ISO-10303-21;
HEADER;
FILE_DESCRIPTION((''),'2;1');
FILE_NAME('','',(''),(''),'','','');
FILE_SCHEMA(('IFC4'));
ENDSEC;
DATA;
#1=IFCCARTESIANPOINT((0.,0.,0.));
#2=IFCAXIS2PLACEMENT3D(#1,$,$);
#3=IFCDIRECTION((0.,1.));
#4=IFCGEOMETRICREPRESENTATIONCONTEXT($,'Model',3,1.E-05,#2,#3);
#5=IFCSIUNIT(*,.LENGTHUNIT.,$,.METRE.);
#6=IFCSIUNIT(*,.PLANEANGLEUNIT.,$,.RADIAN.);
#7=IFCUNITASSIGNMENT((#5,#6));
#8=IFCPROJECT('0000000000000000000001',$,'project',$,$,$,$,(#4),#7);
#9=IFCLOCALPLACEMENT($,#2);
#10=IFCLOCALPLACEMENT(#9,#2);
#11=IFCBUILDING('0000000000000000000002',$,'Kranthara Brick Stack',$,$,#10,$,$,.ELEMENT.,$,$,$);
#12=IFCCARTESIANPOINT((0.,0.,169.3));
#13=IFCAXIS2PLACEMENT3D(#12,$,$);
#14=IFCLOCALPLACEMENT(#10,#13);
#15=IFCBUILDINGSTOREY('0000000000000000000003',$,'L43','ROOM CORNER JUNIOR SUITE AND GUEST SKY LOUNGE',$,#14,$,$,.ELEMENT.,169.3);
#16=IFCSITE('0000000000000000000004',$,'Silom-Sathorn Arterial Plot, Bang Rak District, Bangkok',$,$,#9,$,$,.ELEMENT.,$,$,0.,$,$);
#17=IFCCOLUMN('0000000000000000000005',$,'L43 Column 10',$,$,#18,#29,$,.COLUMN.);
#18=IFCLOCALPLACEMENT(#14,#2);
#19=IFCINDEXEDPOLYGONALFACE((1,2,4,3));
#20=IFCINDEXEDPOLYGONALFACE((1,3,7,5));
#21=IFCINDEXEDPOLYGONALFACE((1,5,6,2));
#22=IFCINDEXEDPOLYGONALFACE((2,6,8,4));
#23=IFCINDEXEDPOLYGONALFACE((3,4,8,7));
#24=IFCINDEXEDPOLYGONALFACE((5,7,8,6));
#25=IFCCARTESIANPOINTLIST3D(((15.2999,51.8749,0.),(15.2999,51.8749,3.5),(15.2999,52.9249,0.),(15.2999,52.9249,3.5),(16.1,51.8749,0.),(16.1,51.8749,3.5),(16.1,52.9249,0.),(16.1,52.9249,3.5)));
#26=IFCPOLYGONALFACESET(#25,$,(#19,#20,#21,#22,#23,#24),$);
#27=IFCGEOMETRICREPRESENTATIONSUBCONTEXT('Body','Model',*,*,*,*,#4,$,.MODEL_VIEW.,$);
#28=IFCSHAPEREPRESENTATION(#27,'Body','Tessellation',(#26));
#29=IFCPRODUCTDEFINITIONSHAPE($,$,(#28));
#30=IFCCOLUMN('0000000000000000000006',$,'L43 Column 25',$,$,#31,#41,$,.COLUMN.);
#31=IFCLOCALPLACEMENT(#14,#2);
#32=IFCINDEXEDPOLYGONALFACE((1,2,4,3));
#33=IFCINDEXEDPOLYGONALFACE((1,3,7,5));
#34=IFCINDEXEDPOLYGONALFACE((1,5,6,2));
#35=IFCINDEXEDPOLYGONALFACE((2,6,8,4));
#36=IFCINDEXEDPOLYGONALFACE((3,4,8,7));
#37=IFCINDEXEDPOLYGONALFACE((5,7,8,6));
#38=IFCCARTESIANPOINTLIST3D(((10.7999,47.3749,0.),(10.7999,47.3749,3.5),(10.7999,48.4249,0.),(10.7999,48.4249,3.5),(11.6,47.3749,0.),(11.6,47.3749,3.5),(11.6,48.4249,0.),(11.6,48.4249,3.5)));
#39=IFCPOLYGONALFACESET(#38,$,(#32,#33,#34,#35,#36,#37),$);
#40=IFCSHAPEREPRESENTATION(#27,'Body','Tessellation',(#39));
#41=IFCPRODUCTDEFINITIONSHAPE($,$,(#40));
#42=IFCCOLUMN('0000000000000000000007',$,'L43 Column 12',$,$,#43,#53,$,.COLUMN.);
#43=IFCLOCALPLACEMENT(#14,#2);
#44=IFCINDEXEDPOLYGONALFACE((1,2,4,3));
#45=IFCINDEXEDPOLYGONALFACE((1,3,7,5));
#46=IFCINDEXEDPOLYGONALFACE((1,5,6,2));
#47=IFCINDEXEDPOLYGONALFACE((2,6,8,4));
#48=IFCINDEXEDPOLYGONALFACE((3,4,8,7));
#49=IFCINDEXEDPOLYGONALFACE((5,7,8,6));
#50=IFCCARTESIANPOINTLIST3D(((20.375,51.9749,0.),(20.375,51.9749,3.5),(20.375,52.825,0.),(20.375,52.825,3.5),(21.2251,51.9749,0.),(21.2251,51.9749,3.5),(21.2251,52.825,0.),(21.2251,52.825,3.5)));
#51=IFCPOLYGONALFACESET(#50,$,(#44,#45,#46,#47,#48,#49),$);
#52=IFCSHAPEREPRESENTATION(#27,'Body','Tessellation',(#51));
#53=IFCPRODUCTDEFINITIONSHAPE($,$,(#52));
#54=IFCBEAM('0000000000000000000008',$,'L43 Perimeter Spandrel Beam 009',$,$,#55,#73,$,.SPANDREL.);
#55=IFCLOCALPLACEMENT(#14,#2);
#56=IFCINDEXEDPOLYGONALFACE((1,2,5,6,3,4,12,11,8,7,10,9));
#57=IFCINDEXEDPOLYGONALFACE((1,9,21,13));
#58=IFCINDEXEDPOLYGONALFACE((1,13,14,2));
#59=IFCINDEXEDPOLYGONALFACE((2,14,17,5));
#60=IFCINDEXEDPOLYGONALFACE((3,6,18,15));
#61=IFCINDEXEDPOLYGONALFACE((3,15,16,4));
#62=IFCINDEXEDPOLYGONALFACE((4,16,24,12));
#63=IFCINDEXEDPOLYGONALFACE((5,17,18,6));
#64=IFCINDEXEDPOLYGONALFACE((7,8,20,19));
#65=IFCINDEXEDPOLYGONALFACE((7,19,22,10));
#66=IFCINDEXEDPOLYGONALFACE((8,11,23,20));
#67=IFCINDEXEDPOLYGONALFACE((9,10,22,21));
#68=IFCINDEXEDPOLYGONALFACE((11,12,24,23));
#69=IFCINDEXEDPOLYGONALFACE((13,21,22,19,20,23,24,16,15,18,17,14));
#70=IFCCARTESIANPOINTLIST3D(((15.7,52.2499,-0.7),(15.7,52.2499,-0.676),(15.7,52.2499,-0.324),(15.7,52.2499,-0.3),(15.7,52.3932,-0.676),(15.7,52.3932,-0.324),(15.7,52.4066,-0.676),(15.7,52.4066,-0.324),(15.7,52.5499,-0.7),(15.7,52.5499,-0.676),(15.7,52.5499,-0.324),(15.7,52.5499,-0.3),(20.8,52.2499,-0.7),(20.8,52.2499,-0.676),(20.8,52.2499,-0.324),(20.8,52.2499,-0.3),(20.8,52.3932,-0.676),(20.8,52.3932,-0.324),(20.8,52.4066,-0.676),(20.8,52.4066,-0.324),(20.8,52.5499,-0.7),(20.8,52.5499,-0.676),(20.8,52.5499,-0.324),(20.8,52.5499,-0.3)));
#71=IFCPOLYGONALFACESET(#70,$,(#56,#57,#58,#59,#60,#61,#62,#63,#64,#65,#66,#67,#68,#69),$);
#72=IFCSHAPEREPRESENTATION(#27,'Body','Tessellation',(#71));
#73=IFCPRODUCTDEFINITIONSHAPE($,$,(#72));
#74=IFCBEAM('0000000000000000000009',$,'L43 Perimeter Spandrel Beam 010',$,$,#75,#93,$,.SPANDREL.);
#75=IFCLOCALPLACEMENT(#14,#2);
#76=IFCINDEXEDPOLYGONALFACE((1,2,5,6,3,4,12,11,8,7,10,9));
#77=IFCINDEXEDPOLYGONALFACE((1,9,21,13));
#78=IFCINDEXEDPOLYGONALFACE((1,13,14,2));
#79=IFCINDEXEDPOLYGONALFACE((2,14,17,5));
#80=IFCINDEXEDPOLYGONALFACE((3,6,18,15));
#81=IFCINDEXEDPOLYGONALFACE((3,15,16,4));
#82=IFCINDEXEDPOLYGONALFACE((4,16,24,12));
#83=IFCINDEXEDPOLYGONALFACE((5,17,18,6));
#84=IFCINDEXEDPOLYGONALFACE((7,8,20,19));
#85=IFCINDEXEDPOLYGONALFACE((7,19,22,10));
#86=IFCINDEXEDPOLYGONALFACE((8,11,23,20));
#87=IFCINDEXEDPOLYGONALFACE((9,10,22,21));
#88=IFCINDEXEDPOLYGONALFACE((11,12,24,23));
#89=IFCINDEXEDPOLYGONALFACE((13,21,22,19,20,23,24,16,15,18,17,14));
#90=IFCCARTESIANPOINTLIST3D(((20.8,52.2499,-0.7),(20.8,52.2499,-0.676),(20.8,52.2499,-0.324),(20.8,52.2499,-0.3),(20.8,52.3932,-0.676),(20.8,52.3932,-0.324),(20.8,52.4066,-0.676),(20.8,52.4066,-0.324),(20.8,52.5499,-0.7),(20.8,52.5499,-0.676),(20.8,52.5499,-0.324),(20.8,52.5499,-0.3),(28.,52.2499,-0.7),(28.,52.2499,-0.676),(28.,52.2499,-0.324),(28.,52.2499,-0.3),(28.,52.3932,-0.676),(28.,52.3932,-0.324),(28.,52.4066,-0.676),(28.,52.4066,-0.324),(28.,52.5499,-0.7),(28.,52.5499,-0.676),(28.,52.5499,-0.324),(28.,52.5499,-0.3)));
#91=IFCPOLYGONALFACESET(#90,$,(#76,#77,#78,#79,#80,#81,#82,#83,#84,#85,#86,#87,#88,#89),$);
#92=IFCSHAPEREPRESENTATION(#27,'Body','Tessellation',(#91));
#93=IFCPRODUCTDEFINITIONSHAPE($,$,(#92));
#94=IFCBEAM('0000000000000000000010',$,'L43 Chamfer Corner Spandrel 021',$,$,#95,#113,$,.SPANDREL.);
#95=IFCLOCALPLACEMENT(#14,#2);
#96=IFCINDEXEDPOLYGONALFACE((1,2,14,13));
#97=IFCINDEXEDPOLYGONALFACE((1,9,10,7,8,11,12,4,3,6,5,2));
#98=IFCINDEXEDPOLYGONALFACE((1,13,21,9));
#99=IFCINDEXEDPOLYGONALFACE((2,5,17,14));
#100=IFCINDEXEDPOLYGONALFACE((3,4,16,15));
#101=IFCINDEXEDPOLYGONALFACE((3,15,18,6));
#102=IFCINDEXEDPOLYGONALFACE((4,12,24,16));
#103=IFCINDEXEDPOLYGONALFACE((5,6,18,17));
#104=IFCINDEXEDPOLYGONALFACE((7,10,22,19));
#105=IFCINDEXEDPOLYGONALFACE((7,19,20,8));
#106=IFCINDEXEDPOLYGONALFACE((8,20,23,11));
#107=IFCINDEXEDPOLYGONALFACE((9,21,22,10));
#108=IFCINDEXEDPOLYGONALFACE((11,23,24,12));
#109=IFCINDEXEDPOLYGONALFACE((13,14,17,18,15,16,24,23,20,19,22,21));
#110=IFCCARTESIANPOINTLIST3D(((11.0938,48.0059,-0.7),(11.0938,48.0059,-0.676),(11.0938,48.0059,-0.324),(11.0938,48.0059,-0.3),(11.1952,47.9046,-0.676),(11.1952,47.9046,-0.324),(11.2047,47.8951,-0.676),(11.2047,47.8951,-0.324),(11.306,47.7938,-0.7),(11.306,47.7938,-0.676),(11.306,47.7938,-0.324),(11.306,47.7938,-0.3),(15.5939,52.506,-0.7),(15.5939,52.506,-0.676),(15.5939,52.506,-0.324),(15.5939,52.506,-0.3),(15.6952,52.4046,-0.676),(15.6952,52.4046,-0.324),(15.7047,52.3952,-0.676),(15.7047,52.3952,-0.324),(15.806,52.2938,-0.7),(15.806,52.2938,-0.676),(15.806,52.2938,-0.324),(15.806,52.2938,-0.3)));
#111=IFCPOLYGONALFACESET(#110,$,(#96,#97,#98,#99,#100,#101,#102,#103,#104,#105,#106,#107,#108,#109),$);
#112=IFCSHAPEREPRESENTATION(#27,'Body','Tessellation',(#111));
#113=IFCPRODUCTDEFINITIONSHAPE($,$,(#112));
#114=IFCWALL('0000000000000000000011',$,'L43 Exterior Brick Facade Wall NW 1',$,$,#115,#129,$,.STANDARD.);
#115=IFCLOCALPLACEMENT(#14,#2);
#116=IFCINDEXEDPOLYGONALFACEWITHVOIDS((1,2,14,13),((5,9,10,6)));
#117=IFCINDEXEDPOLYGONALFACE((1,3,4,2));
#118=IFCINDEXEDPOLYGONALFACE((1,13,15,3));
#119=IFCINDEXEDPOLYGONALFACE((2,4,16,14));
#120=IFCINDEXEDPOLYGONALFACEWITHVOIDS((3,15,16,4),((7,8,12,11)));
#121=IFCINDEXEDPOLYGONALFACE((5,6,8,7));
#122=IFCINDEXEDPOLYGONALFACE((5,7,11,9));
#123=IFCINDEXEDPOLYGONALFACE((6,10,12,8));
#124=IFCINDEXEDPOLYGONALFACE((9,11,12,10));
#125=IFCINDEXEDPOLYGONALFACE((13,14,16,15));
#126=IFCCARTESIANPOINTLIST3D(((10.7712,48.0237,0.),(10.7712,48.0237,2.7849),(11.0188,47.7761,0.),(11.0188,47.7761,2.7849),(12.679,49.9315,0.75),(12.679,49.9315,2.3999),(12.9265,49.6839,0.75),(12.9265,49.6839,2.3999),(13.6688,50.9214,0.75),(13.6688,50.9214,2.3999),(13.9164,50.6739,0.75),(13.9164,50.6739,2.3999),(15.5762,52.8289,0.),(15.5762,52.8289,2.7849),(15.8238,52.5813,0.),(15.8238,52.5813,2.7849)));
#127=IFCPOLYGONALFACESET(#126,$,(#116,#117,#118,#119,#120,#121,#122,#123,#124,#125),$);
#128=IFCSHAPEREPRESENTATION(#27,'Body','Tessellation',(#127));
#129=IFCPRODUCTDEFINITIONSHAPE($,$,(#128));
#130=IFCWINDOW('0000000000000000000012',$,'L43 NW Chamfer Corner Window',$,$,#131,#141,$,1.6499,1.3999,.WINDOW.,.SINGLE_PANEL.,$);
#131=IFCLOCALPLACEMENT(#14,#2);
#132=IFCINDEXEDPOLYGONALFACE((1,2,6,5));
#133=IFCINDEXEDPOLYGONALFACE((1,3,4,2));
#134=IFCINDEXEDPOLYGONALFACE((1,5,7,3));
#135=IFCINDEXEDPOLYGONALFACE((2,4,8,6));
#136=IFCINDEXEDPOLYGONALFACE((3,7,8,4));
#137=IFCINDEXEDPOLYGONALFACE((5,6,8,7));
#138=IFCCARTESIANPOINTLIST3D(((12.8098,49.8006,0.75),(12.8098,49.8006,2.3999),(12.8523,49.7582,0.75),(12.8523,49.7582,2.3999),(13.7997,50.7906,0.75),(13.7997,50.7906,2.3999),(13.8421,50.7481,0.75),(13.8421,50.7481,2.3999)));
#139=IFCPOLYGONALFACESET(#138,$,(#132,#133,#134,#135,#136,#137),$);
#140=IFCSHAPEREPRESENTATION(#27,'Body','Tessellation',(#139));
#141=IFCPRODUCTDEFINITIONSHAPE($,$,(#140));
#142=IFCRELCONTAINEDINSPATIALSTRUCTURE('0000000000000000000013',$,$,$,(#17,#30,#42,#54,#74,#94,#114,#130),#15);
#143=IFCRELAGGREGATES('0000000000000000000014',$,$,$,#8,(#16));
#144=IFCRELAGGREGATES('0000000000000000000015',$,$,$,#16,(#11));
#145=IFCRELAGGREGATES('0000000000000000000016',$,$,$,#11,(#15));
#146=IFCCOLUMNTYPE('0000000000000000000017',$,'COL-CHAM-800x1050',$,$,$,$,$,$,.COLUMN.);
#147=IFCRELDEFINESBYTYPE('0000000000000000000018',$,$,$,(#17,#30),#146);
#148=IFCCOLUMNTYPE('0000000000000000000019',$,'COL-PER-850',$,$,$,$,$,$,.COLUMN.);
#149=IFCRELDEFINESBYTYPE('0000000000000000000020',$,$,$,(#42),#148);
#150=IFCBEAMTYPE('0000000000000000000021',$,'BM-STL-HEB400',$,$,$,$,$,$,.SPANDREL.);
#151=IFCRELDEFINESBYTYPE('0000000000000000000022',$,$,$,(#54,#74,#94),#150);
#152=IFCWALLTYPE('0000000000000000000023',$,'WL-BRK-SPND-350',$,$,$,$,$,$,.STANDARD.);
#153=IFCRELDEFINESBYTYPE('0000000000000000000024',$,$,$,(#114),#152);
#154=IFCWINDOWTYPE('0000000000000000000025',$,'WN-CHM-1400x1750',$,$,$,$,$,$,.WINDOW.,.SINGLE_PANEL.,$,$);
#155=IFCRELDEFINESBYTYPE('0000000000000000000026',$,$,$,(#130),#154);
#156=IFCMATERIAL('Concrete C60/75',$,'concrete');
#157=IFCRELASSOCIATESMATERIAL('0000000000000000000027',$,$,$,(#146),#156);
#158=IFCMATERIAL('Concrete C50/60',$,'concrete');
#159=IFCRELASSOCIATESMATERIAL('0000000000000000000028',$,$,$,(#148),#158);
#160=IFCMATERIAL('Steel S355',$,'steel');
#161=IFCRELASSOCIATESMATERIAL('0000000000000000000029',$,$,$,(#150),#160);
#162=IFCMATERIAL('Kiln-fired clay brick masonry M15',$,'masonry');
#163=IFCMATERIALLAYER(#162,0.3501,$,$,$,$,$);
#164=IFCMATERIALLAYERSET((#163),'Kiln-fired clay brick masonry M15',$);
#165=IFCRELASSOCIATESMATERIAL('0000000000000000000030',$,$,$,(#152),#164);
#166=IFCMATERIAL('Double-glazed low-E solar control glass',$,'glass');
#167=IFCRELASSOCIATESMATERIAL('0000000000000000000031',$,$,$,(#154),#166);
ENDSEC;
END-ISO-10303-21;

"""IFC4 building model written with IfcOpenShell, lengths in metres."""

from ifc_helpers import new_model, si_unit, direction, frame, frame_2d, origin, origin_2d, place, context, subcontext, project, spatial, rectangle, i_section, extrude, material, layer, layer_set, material_profile, profile_set, type_object, element, fill, save


model = new_model("IFC4")

# Units and contexts
model_context = context("Model", 3, precision=1e-05, world=origin(), true_north=direction((0.0, 1.0)))
body_context = subcontext(model_context, "Body", "Model", "MODEL_VIEW")
ifc_project = project(units=[si_unit("LENGTHUNIT", "METRE"), si_unit("PLANEANGLEUNIT", "RADIAN")], contexts=[model_context])

# Site, building, storey
site_placement = place(None, origin())
site = spatial("IfcSite", under=ifc_project, at=site_placement, Name="Silom-Sathorn Arterial Plot, Bang Rak District, Bangkok", CompositionType="ELEMENT", RefElevation=0.0)
building_placement = place(site_placement, origin())
building = spatial("IfcBuilding", under=site, at=building_placement, Name="Kranthara Brick Stack", CompositionType="ELEMENT")
storey_placement = place(building_placement, frame((0.0, 0.0, 169.3)))
storey = spatial("IfcBuildingStorey", under=building, at=storey_placement, Name="L43", Description="ROOM CORNER JUNIOR SUITE AND GUEST SKY LOUNGE", CompositionType="ELEMENT", Elevation=169.3)

# Columns
ifc_material_1 = material(Name="Concrete C60/75", Category="concrete")
ifc_material_profile_1 = material_profile(ifc_material_1, rectangle(XDim=0.8, YDim=1.05, at=origin_2d()), Name="RC 800x1050")
ifc_profile_set_1 = profile_set([ifc_material_profile_1], Name="Concrete C60/75")
column_type_1 = type_object("IfcColumnType", Name="COL-CHAM-800x1050", PredefinedType="COLUMN", material=ifc_profile_set_1)
for number, where, z_axis, x_axis, name in (
    (1, (15.7, 52.3999, 0.0), (0.0, 0.0, 1.0), (1.0, 0.0, 0.0), "L43 Column 10"),
    (2, (11.2, 47.8999, 0.0), (0.0, 0.0, 1.0), (1.0, 0.0, 0.0), "L43 Column 25"),
):
    element("IfcColumn", number, at=place(storey_placement, frame(where, z_axis=z_axis, x_axis=x_axis)), inside=storey, type_object=column_type_1, Name=name, PredefinedType="COLUMN", context=body_context, shape_type="SweptSolid", body=[
        extrude(rectangle(XDim=0.8, YDim=1.05, at=origin_2d()), origin(), (0.0, 0.0, 1.0), 3.5),
    ])
ifc_material_2 = material(Name="Concrete C50/60", Category="concrete")
ifc_material_profile_2 = material_profile(ifc_material_2, rectangle(XDim=0.8501, YDim=0.8501, at=origin_2d()), Name="RC 850x850")
ifc_profile_set_2 = profile_set([ifc_material_profile_2], Name="Concrete C50/60")
column_type_2 = type_object("IfcColumnType", Name="COL-PER-850", PredefinedType="COLUMN", material=ifc_profile_set_2)
column_placement = place(storey_placement, frame((20.8, 52.3999, 0.0), z_axis=(0.0, 0.0, 1.0), x_axis=(1.0, 0.0, 0.0)))
element("IfcColumn", 3, at=column_placement, inside=storey, type_object=column_type_2, Name="L43 Column 12", PredefinedType="COLUMN", context=body_context, shape_type="SweptSolid", body=[
    extrude(rectangle(XDim=0.8501, YDim=0.8501, at=origin_2d()), origin(), (0.0, 0.0, 1.0), 3.5),
])

# Beams
ifc_material_3 = material(Name="Steel S355", Category="steel")
ifc_material_profile_3 = material_profile(ifc_material_3, i_section(OverallWidth=0.3, OverallDepth=0.3999, WebThickness=0.0134, FlangeThickness=0.0239, at=origin_2d()), Name="HEB 400")
ifc_profile_set_3 = profile_set([ifc_material_profile_3], Name="Steel S355")
beam_type = type_object("IfcBeamType", Name="BM-STL-HEB400", PredefinedType="SPANDREL", material=ifc_profile_set_3)
beam_1_placement = place(storey_placement, frame((15.7, 52.3999, -0.5), z_axis=(1.0, 0.0, 0.0), x_axis=(0.0, 1.0, 0.0)))
element("IfcBeam", 4, at=beam_1_placement, inside=storey, type_object=beam_type, Name="L43 Perimeter Spandrel Beam 009", PredefinedType="SPANDREL", context=body_context, shape_type="SweptSolid", body=[
    extrude(i_section(OverallWidth=0.3, OverallDepth=0.3999, WebThickness=0.0134, FlangeThickness=0.0239, at=origin_2d()), origin(), (0.0, 0.0, 1.0), 5.1001),
])
beam_2_placement = place(storey_placement, frame((20.8, 52.3999, -0.5), z_axis=(1.0, 0.0, 0.0), x_axis=(0.0, 1.0, 0.0)))
element("IfcBeam", 5, at=beam_2_placement, inside=storey, type_object=beam_type, Name="L43 Perimeter Spandrel Beam 010", PredefinedType="SPANDREL", context=body_context, shape_type="SweptSolid", body=[
    extrude(i_section(OverallWidth=0.3, OverallDepth=0.3999, WebThickness=0.0134, FlangeThickness=0.0239, at=origin_2d()), origin(), (0.0, 0.0, 1.0), 7.2),
])
beam_3_placement = place(storey_placement, frame((15.7, 52.3999, -0.5), z_axis=(-0.707107, -0.707107, 0.0), x_axis=(0.707107, -0.707107, 0.0)))
element("IfcBeam", 6, at=beam_3_placement, inside=storey, type_object=beam_type, Name="L43 Chamfer Corner Spandrel 021", PredefinedType="SPANDREL", context=body_context, shape_type="SweptSolid", body=[
    extrude(i_section(OverallWidth=0.3, OverallDepth=0.3999, WebThickness=0.0134, FlangeThickness=0.0239, at=origin_2d()), origin(), (0.0, 0.0, 1.0), 6.364),
])

# Wall, opening, window
ifc_material_4 = material(Name="Kiln-fired clay brick masonry M15", Category="masonry")
ifc_layer_1 = layer(ifc_material_4, 0.3501)
ifc_layer_set_1 = layer_set([ifc_layer_1], Name="Kiln-fired clay brick masonry M15")
wall_type_1 = type_object("IfcWallType", Name="WL-BRK-SPND-350", PredefinedType="STANDARD", material=ifc_layer_set_1)
wall_1_placement = place(storey_placement, frame((10.895, 47.8999, 0.0), z_axis=(0.0, 0.0, 1.0), x_axis=(0.707089, 0.707125, 0.0)))
wall_1 = element("IfcWall", 7, at=wall_1_placement, inside=storey, type_object=wall_type_1, Name="L43 Exterior Brick Facade Wall NW 1", PredefinedType="STANDARD", context=body_context, shape_type="SweptSolid", body=[
    extrude(rectangle(XDim=6.7954, YDim=0.3501, at=frame_2d((3.3977, 0.0))), origin(), (0.0, 0.0, 1.0), 2.7849),
])
opening_1_placement = place(wall_1_placement, frame((2.698, 0.0, 0.75)))
opening_1 = element("IfcOpeningElement", 8, at=opening_1_placement, cuts=wall_1, PredefinedType="OPENING", context=body_context, shape_type="SweptSolid", body=[
    extrude(rectangle(XDim=1.3999, YDim=1.6499, at=frame_2d((0.7, 0.825))), frame((0.0, 0.1851, 0.0), z_axis=(0.0, -1.0, 0.0), x_axis=(1.0, 0.0, 0.0)), (0.0, 0.0, 1.0), 0.3701),
])
ifc_material_5 = material(Name="Double-glazed low-E solar control glass", Category="glass")
window_type_1 = type_object("IfcWindowType", Name="WN-CHM-1400x1750", PartitioningType="SINGLE_PANEL", PredefinedType="WINDOW", material=ifc_material_5)
window_1_placement = place(opening_1_placement, origin())
window_1 = element("IfcWindow", 9, at=window_1_placement, inside=storey, type_object=window_type_1, Name="L43 NW Chamfer Corner Window", OverallHeight=1.6499, OverallWidth=1.3999, PartitioningType="SINGLE_PANEL", PredefinedType="WINDOW", context=body_context, shape_type="SweptSolid", body=[
    extrude(rectangle(XDim=1.3999, YDim=1.6499, at=frame_2d((0.7, 0.825))), frame((0.0, -0.01, 0.0), z_axis=(0.0, -1.0, 0.0), x_axis=(1.0, 0.0, 0.0)), (0.0, 0.0, 1.0), 0.0601),
])
fill(opening_1, window_1)

save(model, "model.ifc")
